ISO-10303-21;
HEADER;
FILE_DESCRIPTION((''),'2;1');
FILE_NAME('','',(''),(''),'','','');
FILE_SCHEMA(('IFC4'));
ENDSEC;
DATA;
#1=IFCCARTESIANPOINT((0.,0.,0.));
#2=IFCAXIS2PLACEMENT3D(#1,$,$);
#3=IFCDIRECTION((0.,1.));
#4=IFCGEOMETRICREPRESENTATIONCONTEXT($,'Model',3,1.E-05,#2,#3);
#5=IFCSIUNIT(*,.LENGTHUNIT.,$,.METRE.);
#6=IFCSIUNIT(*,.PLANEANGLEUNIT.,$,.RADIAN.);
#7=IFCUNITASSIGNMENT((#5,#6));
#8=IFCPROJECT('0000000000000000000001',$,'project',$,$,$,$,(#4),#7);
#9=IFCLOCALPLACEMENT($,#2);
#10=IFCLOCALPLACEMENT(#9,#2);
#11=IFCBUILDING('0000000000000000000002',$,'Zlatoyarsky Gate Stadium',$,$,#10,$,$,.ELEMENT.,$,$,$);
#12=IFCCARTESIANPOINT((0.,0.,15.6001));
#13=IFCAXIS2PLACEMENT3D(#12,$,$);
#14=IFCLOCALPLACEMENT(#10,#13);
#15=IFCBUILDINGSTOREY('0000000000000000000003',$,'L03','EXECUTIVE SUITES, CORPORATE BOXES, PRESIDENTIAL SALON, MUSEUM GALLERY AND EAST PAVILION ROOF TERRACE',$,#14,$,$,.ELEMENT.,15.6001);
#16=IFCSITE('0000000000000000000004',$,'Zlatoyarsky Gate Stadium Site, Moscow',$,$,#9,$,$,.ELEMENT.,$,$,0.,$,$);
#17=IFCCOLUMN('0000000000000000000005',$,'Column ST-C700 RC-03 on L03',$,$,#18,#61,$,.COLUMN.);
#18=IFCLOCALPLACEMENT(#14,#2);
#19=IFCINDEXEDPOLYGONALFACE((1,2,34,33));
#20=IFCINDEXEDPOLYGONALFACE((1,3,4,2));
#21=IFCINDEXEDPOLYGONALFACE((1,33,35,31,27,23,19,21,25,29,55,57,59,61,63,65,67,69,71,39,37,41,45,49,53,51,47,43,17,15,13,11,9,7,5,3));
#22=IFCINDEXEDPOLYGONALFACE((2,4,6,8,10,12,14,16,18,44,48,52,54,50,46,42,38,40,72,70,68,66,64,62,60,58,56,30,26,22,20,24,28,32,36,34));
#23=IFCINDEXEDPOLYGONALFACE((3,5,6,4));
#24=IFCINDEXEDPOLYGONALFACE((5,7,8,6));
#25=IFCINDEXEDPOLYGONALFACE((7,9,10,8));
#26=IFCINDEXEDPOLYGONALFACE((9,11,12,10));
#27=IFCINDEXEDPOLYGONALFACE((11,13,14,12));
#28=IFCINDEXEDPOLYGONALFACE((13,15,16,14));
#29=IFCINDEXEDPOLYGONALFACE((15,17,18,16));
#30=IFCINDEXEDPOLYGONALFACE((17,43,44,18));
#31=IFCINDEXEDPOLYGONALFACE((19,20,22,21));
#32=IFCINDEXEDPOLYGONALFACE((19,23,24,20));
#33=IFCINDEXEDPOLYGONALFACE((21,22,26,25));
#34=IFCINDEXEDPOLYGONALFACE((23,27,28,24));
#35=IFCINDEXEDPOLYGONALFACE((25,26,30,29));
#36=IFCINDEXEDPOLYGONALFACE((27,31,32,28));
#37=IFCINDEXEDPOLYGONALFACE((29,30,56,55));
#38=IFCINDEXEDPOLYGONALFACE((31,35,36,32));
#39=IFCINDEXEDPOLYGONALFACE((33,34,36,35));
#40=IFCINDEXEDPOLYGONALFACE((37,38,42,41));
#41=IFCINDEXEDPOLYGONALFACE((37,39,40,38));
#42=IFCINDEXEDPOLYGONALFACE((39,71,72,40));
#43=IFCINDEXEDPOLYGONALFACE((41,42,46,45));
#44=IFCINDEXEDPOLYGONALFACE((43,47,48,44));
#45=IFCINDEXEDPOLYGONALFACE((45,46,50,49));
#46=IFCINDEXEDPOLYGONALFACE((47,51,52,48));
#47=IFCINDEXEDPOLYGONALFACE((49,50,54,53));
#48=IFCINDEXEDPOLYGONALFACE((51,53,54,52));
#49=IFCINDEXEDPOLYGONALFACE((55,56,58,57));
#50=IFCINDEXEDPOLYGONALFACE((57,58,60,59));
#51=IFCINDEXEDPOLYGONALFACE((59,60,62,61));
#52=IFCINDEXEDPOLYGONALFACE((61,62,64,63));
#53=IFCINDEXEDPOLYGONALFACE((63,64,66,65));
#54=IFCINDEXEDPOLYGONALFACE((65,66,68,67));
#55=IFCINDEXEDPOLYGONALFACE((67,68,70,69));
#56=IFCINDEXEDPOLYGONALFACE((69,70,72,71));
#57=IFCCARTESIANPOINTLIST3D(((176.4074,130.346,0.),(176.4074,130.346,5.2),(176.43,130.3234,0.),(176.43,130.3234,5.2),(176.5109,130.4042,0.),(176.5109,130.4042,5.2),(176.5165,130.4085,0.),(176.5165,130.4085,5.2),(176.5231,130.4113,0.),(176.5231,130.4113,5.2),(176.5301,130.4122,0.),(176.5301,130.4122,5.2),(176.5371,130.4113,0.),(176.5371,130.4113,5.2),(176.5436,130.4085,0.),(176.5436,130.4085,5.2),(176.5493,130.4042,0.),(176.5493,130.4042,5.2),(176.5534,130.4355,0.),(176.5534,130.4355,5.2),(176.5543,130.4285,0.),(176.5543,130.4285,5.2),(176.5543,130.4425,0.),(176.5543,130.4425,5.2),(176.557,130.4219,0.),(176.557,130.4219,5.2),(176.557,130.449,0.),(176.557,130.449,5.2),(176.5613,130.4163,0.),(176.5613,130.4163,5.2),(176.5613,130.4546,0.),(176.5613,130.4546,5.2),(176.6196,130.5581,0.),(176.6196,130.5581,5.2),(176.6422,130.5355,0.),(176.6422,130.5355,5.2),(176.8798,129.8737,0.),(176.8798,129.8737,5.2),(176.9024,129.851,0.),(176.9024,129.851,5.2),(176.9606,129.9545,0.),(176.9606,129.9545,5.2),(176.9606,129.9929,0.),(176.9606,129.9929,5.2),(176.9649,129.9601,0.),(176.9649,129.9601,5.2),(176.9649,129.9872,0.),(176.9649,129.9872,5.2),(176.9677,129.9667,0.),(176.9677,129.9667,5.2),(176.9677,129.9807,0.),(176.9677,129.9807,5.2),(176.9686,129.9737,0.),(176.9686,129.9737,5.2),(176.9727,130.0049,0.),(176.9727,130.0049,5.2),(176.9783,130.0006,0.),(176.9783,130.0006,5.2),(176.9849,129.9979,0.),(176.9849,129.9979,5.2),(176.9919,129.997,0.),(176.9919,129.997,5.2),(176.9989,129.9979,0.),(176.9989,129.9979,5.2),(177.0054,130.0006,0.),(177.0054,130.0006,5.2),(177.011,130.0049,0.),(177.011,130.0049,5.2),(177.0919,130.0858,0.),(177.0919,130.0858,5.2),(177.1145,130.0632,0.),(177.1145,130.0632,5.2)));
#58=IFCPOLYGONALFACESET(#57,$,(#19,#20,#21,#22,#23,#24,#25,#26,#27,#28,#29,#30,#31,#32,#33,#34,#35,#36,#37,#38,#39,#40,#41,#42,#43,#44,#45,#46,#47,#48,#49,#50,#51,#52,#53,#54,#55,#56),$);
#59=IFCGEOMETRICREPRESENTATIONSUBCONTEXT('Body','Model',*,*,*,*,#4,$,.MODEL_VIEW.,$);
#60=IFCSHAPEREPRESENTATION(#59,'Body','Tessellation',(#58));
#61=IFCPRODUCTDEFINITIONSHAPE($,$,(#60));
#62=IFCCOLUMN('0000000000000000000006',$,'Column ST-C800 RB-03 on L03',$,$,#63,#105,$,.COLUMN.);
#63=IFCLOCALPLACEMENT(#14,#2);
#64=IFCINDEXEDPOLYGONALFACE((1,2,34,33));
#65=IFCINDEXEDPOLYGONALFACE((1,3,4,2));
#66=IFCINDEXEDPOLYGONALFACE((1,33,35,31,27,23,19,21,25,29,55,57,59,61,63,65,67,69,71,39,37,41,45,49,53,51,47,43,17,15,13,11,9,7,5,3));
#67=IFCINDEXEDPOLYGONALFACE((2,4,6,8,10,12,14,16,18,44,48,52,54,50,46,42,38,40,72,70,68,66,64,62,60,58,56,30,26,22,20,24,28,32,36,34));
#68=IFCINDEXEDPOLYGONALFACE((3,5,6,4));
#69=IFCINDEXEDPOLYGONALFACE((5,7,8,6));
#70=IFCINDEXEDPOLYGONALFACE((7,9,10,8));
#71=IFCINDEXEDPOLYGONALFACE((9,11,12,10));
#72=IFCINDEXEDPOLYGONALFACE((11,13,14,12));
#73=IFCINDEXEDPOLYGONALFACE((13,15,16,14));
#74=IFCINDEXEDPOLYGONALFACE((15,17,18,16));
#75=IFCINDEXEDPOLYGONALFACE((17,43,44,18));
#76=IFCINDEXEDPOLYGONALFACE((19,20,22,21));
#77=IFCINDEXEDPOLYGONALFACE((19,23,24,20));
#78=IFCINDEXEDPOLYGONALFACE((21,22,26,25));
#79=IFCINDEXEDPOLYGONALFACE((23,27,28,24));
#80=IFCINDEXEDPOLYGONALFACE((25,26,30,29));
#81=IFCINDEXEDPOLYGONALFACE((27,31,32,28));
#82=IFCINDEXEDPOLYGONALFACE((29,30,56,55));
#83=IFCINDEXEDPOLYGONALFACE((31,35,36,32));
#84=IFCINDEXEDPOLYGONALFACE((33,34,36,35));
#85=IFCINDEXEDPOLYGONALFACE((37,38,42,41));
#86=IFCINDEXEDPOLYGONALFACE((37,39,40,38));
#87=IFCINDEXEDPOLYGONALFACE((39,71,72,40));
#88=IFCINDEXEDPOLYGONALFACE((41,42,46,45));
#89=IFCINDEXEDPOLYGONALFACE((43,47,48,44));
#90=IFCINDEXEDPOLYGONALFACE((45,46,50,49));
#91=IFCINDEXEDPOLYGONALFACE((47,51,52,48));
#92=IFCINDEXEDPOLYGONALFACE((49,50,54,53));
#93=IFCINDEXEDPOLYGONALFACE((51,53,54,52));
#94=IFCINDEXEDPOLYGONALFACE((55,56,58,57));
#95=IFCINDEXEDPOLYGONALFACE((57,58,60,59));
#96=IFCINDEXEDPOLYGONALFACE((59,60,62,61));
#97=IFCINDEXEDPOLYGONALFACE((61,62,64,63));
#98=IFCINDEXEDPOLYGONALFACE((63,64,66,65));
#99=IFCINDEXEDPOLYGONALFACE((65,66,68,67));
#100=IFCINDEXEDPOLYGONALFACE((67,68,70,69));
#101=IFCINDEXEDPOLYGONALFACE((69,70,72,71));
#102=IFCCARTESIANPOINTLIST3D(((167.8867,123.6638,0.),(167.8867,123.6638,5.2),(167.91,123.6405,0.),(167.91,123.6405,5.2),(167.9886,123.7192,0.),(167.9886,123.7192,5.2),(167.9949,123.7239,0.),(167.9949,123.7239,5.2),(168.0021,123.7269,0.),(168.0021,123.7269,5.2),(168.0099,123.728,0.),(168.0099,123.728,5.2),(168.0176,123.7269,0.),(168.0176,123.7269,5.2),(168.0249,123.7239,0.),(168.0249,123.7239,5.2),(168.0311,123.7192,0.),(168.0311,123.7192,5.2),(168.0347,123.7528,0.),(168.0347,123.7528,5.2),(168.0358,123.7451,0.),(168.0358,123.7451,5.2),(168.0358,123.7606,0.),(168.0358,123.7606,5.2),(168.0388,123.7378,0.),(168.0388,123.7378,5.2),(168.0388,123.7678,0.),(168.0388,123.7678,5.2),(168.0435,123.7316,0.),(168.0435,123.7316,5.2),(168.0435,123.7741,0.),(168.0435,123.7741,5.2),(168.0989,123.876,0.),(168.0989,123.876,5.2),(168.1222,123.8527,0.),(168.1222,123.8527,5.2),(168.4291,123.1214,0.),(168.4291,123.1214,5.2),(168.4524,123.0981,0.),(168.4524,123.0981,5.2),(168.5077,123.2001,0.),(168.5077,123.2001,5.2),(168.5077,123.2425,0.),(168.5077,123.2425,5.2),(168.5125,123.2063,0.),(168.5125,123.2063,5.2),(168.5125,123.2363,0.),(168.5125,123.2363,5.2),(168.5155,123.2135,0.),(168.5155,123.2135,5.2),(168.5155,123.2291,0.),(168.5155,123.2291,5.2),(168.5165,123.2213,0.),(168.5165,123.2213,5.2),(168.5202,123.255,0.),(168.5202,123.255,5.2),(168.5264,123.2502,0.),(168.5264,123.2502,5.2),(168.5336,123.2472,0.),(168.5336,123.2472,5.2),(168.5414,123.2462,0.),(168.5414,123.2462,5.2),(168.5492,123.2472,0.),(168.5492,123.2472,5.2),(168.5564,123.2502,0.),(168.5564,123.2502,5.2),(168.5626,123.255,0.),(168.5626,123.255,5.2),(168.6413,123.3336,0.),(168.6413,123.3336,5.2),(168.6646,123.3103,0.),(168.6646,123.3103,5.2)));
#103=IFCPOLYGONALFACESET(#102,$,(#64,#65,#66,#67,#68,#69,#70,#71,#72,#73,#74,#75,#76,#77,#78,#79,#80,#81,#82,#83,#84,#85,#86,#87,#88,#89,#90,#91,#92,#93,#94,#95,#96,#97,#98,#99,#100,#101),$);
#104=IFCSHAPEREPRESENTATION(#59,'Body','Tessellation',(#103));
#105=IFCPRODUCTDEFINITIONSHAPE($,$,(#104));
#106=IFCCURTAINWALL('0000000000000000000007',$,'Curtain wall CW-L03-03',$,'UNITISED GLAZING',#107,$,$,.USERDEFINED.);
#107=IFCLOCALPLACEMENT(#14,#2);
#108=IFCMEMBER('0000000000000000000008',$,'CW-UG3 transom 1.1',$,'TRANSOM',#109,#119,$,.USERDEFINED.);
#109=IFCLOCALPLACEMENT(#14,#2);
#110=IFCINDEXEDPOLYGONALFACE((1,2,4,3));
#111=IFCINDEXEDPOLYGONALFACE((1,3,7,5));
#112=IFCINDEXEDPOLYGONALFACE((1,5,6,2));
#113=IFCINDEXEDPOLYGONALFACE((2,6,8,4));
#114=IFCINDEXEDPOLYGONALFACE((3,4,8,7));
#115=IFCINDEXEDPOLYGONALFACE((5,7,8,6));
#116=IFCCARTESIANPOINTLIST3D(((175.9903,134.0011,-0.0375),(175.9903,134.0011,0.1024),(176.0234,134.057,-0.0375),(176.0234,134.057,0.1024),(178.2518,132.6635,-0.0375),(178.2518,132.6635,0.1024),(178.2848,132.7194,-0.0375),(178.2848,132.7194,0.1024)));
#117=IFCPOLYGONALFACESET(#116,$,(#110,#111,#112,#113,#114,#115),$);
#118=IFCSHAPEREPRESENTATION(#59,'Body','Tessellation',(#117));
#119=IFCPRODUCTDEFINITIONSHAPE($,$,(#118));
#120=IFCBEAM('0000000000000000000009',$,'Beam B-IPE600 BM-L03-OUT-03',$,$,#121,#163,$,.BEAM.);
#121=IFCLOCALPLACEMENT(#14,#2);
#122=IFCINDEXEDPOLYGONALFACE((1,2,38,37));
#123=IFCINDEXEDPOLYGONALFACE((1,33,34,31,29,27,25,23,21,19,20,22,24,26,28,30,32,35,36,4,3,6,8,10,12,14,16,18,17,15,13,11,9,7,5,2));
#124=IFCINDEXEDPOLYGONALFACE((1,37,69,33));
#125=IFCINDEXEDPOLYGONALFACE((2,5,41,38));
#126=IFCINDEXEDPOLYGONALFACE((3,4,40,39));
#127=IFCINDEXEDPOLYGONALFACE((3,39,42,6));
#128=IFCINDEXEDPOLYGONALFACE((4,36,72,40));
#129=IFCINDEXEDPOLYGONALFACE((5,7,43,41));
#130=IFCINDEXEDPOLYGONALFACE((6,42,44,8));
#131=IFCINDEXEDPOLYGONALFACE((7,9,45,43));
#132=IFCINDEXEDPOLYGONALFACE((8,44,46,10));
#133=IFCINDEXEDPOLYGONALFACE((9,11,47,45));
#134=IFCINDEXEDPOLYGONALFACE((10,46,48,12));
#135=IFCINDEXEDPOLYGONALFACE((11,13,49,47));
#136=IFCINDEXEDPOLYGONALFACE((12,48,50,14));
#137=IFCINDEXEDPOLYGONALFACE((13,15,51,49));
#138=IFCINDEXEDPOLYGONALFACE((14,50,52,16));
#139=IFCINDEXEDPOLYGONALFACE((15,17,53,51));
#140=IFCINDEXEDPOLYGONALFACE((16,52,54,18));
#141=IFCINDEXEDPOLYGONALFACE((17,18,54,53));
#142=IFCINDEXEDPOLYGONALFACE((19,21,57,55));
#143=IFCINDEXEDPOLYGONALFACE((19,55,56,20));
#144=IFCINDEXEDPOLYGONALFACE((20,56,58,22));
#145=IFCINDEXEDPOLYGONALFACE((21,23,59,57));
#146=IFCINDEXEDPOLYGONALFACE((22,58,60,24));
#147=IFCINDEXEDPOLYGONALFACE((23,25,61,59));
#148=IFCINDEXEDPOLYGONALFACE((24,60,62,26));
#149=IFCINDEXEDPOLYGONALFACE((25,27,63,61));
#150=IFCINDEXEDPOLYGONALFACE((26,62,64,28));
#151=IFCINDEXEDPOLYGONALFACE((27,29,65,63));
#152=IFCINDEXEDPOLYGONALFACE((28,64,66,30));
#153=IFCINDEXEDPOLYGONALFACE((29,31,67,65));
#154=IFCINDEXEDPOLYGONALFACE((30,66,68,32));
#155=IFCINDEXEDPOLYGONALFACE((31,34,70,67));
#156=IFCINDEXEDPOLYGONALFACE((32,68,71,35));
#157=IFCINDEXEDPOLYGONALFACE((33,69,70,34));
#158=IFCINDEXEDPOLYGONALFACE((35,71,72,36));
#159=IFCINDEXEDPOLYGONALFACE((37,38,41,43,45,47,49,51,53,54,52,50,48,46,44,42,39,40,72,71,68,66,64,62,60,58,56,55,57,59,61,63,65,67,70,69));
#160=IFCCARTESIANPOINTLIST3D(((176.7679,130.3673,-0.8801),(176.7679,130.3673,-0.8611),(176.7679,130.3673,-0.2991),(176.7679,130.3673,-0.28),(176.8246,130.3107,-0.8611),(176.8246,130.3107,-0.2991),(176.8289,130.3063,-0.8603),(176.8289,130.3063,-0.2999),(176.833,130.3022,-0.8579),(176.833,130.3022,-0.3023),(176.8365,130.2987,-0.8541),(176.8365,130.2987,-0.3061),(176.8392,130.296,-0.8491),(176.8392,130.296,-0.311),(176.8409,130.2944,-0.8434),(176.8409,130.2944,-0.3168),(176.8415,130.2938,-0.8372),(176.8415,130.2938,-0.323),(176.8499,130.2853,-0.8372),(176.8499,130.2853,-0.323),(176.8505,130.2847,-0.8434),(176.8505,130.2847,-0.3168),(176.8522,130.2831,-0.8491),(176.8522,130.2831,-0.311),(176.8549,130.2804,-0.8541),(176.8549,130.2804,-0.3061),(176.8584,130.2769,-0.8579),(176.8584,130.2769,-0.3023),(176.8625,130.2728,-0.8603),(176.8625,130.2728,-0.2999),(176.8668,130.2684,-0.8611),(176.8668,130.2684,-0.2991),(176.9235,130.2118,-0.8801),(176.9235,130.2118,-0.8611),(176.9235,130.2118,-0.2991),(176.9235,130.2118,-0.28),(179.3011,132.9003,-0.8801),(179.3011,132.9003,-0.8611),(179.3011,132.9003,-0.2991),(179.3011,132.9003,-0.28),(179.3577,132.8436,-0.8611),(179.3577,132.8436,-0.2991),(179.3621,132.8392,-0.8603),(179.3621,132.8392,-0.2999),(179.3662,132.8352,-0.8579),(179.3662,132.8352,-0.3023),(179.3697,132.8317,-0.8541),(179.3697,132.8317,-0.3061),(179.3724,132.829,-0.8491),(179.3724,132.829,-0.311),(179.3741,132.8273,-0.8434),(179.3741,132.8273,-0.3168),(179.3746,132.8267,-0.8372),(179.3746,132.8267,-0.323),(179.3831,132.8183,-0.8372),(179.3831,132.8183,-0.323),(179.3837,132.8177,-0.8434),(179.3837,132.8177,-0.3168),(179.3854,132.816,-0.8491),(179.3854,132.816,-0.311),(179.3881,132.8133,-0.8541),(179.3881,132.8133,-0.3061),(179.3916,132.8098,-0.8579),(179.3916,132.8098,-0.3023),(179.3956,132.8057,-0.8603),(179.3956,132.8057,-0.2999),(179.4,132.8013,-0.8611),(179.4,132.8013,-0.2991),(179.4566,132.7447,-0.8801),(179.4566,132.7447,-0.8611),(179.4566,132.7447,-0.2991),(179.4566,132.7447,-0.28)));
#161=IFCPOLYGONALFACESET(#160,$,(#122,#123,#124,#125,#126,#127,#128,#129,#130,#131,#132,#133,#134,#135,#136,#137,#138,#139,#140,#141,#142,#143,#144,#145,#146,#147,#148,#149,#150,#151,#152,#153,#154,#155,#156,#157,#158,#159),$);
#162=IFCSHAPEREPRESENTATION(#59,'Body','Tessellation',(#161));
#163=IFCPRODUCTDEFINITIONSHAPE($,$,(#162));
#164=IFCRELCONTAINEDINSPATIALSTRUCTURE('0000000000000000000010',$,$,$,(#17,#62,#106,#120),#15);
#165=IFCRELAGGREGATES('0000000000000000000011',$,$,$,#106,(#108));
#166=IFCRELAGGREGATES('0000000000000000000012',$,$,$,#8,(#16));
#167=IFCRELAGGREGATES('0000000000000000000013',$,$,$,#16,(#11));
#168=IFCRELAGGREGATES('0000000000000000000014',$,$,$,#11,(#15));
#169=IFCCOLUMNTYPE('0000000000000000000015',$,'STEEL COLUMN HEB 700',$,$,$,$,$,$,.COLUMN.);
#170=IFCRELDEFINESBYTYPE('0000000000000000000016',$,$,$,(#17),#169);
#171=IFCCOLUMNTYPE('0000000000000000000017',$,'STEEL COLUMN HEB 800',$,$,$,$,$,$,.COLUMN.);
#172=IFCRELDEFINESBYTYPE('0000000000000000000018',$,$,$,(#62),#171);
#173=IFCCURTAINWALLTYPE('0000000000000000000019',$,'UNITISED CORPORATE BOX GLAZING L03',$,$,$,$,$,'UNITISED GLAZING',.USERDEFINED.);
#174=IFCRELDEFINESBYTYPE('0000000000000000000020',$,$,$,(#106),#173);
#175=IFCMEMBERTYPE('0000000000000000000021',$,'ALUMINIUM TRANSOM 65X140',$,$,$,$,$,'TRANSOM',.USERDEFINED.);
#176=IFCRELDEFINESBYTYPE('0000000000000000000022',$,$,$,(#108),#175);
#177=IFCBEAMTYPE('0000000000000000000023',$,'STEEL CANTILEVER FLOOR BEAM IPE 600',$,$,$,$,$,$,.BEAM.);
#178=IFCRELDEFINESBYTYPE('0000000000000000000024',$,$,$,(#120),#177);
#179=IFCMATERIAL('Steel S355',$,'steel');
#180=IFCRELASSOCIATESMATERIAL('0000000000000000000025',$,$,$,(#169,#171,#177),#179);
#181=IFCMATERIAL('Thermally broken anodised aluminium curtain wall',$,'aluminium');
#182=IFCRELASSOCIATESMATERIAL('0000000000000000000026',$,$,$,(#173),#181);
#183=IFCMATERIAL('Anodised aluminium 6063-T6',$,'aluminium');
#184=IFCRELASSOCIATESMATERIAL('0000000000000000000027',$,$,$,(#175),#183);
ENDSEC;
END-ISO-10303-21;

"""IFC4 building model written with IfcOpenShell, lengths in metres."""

from ifc_helpers import new_model, si_unit, direction, frame, origin, origin_2d, place, context, subcontext, project, spatial, rectangle, i_section, extrude, material, material_profile, profile_set, type_object, element, aggregate, save


model = new_model("IFC4")

# Units and contexts
model_context = context("Model", 3, precision=1e-05, world=origin(), true_north=direction((0.0, 1.0)))
body_context = subcontext(model_context, "Body", "Model", "MODEL_VIEW")
ifc_project = project(units=[si_unit("LENGTHUNIT", "METRE"), si_unit("PLANEANGLEUNIT", "RADIAN")], contexts=[model_context])

# Site, building, storey
site_placement = place(None, origin())
site = spatial("IfcSite", under=ifc_project, at=site_placement, Name="Zlatoyarsky Gate Stadium Site, Moscow", CompositionType="ELEMENT", RefElevation=0.0)
building_placement = place(site_placement, origin())
building = spatial("IfcBuilding", under=site, at=building_placement, Name="Zlatoyarsky Gate Stadium", CompositionType="ELEMENT")
storey_placement = place(building_placement, frame((0.0, 0.0, 15.6001)))
storey = spatial("IfcBuildingStorey", under=building, at=storey_placement, Name="L03", Description="EXECUTIVE SUITES, CORPORATE BOXES, PRESIDENTIAL SALON, MUSEUM GALLERY AND EAST PAVILION ROOF TERRACE", CompositionType="ELEMENT", Elevation=15.6001)

# Columns
ifc_material_1 = material(Name="Steel S355", Category="steel")
ifc_material_profile_1 = material_profile(ifc_material_1, i_section(OverallWidth=0.3, OverallDepth=0.7, WebThickness=0.0171, FlangeThickness=0.032, FilletRadius=0.0271, at=origin_2d()), Name="HEB 700")
ifc_profile_set_1 = profile_set([ifc_material_profile_1], Name="Steel S355")
column_type_1 = type_object("IfcColumnType", Name="STEEL COLUMN HEB 700", PredefinedType="COLUMN", material=ifc_profile_set_1)
column_1_placement = place(storey_placement, frame((176.761, 130.2046, 0.0), z_axis=(0.0, 0.0, 1.0), x_axis=(0.707107, 0.707107, 0.0)))
element("IfcColumn", 1, at=column_1_placement, inside=storey, type_object=column_type_1, Name="Column ST-C700 RC-03 on L03", PredefinedType="COLUMN", context=body_context, shape_type="SweptSolid", body=[
    extrude(i_section(OverallWidth=0.3, OverallDepth=0.7, WebThickness=0.0171, FlangeThickness=0.032, FilletRadius=0.0271, at=origin_2d()), origin(), (0.0, 0.0, 1.0), 5.2),
])
ifc_material_profile_2 = material_profile(ifc_material_1, i_section(OverallWidth=0.3, OverallDepth=0.8, WebThickness=0.0176, FlangeThickness=0.033, FilletRadius=0.03, at=origin_2d()), Name="HEB 800")
ifc_profile_set_2 = profile_set([ifc_material_profile_2], Name="Steel S355")
column_type_2 = type_object("IfcColumnType", Name="STEEL COLUMN HEB 800", PredefinedType="COLUMN", material=ifc_profile_set_2)
column_2_placement = place(storey_placement, frame((168.2756, 123.4871, 0.0), z_axis=(0.0, 0.0, 1.0), x_axis=(0.707107, 0.707107, 0.0)))
element("IfcColumn", 2, at=column_2_placement, inside=storey, type_object=column_type_2, Name="Column ST-C800 RB-03 on L03", PredefinedType="COLUMN", context=body_context, shape_type="SweptSolid", body=[
    extrude(i_section(OverallWidth=0.3, OverallDepth=0.8, WebThickness=0.0176, FlangeThickness=0.033, FilletRadius=0.03, at=origin_2d()), origin(), (0.0, 0.0, 1.0), 5.2),
])

# Curtain wall, member
ifc_material_2 = material(Name="Thermally broken anodised aluminium curtain wall", Category="aluminium")
curtain_wall_type = type_object("IfcCurtainWallType", Name="UNITISED CORPORATE BOX GLAZING L03", ElementType="UNITISED GLAZING", PredefinedType="USERDEFINED", material=ifc_material_2)
curtain_wall_placement = place(storey_placement, origin())
curtain_wall = element("IfcCurtainWall", 3, at=curtain_wall_placement, inside=storey, type_object=curtain_wall_type, Name="Curtain wall CW-L03-03", ObjectType="UNITISED GLAZING", PredefinedType="USERDEFINED")
ifc_material_3 = material(Name="Anodised aluminium 6063-T6", Category="aluminium")
ifc_material_profile_3 = material_profile(ifc_material_3, rectangle(XDim=0.0649, YDim=0.1399, at=origin_2d()), Name="ALU 65X140")
ifc_profile_set_3 = profile_set([ifc_material_profile_3], Name="Anodised aluminium 6063-T6")
member_type = type_object("IfcMemberType", Name="ALUMINIUM TRANSOM 65X140", ElementType="TRANSOM", PredefinedType="USERDEFINED", material=ifc_profile_set_3)
member_placement = place(storey_placement, frame((178.2683, 132.6914, 0.0325), z_axis=(-0.860706, 0.509102, 0.0), x_axis=(-0.509102, -0.860706, 0.0)))
member = element("IfcMember", 4, at=member_placement, type_object=member_type, Name="CW-UG3 transom 1.1", ObjectType="TRANSOM", PredefinedType="USERDEFINED", context=body_context, shape_type="SweptSolid", body=[
    extrude(rectangle(XDim=0.0649, YDim=0.1399, at=origin_2d()), origin(), (0.0, 0.0, 1.0), 2.6274),
])

# Beam
ifc_material_profile_4 = material_profile(ifc_material_1, i_section(OverallWidth=0.22, OverallDepth=0.6001, WebThickness=0.012, FlangeThickness=0.019, FilletRadius=0.0239, at=origin_2d()), Name="IPE 600")
ifc_profile_set_4 = profile_set([ifc_material_profile_4], Name="Steel S355")
beam_type_1 = type_object("IfcBeamType", Name="STEEL CANTILEVER FLOOR BEAM IPE 600", PredefinedType="BEAM", material=ifc_profile_set_4)
beam_1_placement = place(storey_placement, frame((176.8457, 130.2896, -0.5801), z_axis=(0.707141, 0.707073, 0.0), x_axis=(-0.707073, 0.707141, 0.0)))
element("IfcBeam", 5, at=beam_1_placement, inside=storey, type_object=beam_type_1, Name="Beam B-IPE600 BM-L03-OUT-03", PredefinedType="BEAM", context=body_context, shape_type="SweptSolid", body=[
    extrude(i_section(OverallWidth=0.22, OverallDepth=0.6001, WebThickness=0.012, FlangeThickness=0.019, FilletRadius=0.0239, at=origin_2d()), origin(), (0.0, 0.0, 1.0), 3.5823),
])

aggregate(curtain_wall, [member])

save(model, "model.ifc")
